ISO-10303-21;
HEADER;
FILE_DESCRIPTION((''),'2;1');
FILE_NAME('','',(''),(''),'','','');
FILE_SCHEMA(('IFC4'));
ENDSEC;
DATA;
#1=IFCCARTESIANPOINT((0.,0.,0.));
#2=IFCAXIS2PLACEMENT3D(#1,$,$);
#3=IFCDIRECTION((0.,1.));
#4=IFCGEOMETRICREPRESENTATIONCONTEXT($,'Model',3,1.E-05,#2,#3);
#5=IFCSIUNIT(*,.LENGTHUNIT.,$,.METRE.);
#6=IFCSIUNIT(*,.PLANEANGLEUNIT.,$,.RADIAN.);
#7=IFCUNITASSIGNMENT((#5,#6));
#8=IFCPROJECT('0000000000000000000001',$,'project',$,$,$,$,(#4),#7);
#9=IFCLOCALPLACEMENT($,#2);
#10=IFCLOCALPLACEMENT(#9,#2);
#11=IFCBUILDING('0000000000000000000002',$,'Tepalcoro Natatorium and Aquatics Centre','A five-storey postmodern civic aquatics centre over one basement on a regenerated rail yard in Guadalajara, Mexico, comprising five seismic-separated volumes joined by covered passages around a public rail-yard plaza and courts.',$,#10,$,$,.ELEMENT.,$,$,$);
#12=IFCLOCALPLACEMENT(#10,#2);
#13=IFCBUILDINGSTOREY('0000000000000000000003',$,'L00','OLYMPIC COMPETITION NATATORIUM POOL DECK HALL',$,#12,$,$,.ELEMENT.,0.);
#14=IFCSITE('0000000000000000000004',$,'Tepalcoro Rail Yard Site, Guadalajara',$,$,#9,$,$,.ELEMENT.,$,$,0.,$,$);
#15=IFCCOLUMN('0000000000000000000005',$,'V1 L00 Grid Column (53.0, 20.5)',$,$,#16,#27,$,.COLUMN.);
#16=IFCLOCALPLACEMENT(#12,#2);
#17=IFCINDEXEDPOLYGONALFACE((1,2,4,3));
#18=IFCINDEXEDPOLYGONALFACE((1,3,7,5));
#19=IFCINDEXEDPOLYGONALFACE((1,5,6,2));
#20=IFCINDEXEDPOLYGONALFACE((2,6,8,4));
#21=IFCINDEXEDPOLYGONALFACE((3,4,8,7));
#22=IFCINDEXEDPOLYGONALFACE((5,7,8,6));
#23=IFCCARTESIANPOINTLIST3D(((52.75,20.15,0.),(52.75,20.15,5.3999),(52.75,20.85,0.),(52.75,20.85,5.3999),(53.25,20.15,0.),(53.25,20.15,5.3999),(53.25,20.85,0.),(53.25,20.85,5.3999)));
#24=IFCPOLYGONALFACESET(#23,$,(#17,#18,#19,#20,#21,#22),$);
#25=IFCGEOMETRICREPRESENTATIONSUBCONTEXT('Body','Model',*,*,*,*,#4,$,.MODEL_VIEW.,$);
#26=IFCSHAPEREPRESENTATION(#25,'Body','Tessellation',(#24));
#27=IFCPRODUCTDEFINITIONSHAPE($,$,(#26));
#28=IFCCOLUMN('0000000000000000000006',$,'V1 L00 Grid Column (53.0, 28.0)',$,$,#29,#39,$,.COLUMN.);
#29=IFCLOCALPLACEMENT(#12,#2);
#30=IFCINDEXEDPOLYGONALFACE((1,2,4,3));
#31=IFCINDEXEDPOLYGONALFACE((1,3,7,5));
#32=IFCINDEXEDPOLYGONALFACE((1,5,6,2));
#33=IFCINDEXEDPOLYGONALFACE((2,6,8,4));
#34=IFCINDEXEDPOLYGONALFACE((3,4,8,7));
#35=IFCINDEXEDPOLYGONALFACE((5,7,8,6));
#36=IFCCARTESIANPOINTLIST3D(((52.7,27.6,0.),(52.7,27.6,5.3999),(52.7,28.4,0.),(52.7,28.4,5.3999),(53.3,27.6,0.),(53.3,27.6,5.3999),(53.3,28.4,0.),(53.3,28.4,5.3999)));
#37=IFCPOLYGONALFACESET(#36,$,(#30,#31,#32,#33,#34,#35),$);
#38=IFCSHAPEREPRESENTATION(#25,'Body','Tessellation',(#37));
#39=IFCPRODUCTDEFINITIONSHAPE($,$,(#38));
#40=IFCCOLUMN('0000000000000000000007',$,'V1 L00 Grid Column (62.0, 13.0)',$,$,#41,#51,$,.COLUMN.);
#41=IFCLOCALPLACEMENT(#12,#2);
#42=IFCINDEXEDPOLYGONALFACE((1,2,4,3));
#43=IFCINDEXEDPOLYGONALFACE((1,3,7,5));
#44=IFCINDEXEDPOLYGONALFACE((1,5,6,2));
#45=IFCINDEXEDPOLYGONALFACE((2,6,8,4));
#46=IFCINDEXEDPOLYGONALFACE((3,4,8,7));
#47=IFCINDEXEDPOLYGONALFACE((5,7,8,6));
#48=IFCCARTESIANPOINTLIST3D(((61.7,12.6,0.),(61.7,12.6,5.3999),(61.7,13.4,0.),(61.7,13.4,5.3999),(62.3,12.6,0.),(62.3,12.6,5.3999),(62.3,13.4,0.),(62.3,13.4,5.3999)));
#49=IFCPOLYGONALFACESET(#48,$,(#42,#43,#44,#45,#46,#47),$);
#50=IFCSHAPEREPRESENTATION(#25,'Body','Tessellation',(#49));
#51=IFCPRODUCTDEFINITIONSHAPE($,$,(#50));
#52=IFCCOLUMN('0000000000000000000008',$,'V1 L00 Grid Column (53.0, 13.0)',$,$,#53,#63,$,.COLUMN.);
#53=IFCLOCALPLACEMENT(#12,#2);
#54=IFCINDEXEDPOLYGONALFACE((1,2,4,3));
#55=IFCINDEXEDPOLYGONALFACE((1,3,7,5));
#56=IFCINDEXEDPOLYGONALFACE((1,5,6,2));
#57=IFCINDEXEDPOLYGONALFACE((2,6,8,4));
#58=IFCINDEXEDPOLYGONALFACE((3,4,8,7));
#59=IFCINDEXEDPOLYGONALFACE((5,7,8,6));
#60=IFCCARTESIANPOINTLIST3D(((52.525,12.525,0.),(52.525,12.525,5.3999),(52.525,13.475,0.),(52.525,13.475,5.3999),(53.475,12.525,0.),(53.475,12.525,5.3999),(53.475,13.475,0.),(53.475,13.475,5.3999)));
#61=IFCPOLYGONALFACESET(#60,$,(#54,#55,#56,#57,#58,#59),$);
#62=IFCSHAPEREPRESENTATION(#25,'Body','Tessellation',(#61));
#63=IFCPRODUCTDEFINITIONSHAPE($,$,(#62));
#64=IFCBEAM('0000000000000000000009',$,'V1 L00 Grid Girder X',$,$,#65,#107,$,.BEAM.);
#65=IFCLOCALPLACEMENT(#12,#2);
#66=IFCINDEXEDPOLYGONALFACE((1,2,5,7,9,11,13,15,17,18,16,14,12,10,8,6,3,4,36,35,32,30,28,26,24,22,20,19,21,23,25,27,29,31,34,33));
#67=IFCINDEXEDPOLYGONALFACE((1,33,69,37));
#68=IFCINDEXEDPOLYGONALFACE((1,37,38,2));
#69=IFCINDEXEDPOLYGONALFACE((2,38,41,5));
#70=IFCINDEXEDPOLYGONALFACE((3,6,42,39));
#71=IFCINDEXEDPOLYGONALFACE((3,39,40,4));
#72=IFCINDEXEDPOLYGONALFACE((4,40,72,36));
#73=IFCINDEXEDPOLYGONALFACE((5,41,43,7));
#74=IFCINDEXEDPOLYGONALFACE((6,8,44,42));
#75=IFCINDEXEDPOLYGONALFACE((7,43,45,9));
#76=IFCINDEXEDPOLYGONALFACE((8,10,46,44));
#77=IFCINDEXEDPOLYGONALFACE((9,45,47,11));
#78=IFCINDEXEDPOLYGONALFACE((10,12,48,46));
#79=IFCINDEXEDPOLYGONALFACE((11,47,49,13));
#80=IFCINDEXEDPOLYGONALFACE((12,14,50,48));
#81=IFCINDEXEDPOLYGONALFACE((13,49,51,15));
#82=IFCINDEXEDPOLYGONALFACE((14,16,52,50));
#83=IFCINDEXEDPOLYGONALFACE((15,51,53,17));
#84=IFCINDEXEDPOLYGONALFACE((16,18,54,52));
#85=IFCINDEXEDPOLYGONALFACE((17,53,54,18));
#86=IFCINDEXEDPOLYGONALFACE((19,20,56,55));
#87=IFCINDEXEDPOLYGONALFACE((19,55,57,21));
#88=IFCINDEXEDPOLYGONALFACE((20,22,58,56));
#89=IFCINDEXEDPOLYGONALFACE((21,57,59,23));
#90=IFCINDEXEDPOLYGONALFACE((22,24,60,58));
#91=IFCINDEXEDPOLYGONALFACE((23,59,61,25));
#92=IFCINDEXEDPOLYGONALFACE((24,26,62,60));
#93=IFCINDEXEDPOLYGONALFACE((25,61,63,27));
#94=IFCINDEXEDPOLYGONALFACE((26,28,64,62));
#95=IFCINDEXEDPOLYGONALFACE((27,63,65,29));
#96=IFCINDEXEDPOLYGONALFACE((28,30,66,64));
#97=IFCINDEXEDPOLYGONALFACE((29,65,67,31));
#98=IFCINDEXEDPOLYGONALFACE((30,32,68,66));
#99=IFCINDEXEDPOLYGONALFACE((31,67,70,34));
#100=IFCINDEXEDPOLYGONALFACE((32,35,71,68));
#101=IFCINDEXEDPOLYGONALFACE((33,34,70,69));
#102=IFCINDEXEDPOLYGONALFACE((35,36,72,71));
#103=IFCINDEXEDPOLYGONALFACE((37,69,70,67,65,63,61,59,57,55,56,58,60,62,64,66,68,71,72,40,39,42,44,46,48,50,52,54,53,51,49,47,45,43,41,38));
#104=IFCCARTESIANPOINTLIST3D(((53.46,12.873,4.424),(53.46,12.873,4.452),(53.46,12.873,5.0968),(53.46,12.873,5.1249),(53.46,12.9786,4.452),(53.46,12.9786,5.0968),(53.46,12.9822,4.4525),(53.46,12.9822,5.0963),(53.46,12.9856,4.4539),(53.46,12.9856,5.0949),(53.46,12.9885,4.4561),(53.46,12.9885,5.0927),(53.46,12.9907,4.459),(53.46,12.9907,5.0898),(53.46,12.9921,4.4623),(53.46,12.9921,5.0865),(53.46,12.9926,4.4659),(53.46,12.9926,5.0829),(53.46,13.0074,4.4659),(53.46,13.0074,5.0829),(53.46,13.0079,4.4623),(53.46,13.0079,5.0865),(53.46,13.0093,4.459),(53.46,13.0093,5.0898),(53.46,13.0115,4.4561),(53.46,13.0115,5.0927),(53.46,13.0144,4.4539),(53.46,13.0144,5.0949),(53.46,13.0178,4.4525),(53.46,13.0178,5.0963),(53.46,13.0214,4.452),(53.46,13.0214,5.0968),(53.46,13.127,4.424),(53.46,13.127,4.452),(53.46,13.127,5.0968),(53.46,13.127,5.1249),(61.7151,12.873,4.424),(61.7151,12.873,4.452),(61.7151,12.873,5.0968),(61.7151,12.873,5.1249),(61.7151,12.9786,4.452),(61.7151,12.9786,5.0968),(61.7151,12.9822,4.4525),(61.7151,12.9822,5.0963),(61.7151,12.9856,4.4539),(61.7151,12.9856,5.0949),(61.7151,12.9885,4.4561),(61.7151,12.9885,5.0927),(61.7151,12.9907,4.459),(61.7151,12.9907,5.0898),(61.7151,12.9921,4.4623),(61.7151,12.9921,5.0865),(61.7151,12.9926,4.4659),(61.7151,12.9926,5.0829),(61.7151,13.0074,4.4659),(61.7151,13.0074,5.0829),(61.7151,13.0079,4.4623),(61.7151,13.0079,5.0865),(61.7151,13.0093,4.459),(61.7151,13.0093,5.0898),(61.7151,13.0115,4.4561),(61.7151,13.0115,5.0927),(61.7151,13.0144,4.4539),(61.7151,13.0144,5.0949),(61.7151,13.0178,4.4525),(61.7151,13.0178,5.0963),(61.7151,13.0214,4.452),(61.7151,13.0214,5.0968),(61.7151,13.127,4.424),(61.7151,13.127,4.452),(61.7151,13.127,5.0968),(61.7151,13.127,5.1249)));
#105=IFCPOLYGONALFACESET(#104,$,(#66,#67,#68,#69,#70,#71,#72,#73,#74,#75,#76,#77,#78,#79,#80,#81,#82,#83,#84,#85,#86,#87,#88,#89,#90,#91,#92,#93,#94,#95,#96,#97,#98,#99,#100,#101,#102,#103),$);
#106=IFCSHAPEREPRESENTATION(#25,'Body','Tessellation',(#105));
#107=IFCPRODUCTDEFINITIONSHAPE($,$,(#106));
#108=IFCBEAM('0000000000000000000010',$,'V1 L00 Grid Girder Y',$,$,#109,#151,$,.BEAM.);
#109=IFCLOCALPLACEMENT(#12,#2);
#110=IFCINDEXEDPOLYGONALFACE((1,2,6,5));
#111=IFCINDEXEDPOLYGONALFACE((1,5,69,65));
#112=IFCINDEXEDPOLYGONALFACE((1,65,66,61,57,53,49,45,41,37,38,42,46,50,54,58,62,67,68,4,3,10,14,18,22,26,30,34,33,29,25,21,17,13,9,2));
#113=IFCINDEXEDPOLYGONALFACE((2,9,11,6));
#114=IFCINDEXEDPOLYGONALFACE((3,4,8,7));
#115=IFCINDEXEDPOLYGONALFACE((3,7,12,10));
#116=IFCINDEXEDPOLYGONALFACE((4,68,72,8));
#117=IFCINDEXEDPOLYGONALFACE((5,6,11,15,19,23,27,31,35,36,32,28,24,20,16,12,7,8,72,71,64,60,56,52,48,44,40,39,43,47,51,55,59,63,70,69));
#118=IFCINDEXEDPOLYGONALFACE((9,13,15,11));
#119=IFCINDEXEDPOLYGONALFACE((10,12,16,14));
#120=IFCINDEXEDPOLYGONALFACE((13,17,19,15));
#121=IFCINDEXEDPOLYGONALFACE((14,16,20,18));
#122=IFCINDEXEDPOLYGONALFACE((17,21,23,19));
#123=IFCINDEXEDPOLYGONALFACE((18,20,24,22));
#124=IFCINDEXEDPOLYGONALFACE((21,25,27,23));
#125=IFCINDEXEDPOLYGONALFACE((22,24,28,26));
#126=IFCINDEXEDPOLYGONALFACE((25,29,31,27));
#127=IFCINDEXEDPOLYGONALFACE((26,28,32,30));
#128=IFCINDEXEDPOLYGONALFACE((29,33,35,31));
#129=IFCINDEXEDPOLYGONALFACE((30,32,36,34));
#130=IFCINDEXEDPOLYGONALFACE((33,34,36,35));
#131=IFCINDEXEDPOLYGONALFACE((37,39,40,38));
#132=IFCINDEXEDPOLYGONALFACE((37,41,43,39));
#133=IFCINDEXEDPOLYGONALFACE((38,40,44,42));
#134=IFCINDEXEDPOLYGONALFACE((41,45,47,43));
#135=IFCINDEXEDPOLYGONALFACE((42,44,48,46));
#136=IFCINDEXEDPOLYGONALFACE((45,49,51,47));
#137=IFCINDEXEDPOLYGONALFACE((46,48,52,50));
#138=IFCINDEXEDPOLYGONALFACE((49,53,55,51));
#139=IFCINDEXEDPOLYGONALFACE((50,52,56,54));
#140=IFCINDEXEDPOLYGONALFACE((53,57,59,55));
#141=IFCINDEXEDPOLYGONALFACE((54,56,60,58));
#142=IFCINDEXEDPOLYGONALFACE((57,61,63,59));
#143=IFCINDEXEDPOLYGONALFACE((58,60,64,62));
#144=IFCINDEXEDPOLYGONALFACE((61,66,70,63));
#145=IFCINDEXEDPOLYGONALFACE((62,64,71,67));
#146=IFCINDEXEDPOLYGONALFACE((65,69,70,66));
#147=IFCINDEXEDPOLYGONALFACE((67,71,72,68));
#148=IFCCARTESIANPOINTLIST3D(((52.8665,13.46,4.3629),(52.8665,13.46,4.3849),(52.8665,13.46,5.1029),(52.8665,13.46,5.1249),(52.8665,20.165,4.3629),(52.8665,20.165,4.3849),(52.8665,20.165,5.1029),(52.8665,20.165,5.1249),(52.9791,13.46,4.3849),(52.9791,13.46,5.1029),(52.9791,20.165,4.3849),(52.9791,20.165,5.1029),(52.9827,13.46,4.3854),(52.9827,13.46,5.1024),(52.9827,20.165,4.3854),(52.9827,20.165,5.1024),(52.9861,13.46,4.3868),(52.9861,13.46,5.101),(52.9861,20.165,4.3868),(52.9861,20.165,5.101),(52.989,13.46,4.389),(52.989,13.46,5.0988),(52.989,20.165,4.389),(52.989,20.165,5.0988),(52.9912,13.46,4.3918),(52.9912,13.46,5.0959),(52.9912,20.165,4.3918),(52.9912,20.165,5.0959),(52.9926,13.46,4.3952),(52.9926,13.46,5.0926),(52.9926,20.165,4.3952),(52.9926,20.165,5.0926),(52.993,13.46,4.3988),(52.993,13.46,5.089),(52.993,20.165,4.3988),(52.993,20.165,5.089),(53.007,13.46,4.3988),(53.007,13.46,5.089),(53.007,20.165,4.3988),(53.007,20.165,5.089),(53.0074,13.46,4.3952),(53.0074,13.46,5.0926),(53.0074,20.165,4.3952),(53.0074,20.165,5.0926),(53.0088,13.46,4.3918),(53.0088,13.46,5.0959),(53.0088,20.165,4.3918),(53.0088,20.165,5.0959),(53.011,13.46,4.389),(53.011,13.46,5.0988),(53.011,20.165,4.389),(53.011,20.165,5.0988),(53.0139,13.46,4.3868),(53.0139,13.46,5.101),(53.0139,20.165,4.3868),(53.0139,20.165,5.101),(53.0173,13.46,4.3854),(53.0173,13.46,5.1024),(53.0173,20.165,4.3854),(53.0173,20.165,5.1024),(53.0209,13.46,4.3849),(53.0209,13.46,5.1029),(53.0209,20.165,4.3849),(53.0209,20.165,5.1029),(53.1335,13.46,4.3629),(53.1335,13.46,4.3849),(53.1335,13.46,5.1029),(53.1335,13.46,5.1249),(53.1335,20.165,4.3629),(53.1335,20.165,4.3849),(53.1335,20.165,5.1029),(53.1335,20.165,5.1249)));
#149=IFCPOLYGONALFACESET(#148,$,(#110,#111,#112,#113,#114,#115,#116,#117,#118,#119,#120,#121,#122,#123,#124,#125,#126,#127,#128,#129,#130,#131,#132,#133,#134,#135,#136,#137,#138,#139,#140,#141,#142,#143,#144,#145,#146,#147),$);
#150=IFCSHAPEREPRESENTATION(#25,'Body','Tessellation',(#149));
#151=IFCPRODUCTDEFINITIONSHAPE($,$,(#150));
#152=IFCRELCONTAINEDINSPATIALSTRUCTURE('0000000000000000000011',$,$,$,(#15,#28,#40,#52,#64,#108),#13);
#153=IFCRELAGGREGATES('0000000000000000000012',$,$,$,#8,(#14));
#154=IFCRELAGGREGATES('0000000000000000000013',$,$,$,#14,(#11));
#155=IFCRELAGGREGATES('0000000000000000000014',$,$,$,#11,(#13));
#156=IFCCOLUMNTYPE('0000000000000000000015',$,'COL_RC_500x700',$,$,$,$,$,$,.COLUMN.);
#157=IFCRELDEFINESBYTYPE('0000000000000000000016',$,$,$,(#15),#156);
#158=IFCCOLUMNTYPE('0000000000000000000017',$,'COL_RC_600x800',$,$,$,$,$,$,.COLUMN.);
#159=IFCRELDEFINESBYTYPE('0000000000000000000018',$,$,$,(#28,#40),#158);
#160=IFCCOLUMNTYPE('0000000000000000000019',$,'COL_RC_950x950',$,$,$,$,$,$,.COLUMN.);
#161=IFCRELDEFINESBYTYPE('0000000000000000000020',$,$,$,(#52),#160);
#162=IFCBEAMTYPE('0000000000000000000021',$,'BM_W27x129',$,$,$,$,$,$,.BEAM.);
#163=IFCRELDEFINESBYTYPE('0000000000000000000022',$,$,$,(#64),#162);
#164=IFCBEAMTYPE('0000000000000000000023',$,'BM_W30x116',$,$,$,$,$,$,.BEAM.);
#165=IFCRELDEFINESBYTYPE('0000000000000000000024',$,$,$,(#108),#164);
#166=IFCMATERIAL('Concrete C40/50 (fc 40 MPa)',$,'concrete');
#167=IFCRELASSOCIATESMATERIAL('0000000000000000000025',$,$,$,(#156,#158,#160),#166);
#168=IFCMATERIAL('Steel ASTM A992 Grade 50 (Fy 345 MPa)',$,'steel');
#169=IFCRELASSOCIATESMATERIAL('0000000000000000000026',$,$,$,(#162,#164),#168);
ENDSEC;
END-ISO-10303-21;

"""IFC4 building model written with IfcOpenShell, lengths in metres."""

from ifc_helpers import new_model, si_unit, direction, frame, origin, origin_2d, place, context, subcontext, project, spatial, rectangle, i_section, extrude, material, material_profile, profile_set, type_object, element, save


model = new_model("IFC4")

# Units and contexts
model_context = context("Model", 3, precision=1e-05, world=origin(), true_north=direction((0.0, 1.0)))
body_context = subcontext(model_context, "Body", "Model", "MODEL_VIEW")
ifc_project = project(units=[si_unit("LENGTHUNIT", "METRE"), si_unit("PLANEANGLEUNIT", "RADIAN")], contexts=[model_context])

# Site, building, storey
site_placement = place(None, origin())
site = spatial("IfcSite", under=ifc_project, at=site_placement, Name="Tepalcoro Rail Yard Site, Guadalajara", CompositionType="ELEMENT", RefElevation=0.0)
building_placement = place(site_placement, origin())
building = spatial("IfcBuilding", under=site, at=building_placement, Name="Tepalcoro Natatorium and Aquatics Centre", Description="A five-storey postmodern civic aquatics centre over one basement on a regenerated rail yard in Guadalajara, Mexico, comprising five seismic-separated volumes joined by covered passages around a public rail-yard plaza and courts.", CompositionType="ELEMENT")
storey_placement = place(building_placement, origin())
storey = spatial("IfcBuildingStorey", under=building, at=storey_placement, Name="L00", Description="OLYMPIC COMPETITION NATATORIUM POOL DECK HALL", CompositionType="ELEMENT", Elevation=0.0)

# Columns
ifc_material_1 = material(Name="Concrete C40/50 (fc 40 MPa)", Category="concrete")
ifc_material_profile_1 = material_profile(ifc_material_1, rectangle(XDim=0.5, YDim=0.7, at=origin_2d()), Name="RC500x700")
ifc_profile_set_1 = profile_set([ifc_material_profile_1], Name="Concrete C40/50 (fc 40 MPa)")
column_type_1 = type_object("IfcColumnType", Name="COL_RC_500x700", PredefinedType="COLUMN", material=ifc_profile_set_1)
column_1_placement = place(storey_placement, frame((53.0, 20.5, 0.0), z_axis=(0.0, 0.0, 1.0), x_axis=(1.0, 0.0, 0.0)))
element("IfcColumn", 1, at=column_1_placement, inside=storey, type_object=column_type_1, Name="V1 L00 Grid Column (53.0, 20.5)", PredefinedType="COLUMN", context=body_context, shape_type="SweptSolid", body=[
    extrude(rectangle(XDim=0.5, YDim=0.7, at=origin_2d()), origin(), (0.0, 0.0, 1.0), 5.3999),
])
ifc_material_profile_2 = material_profile(ifc_material_1, rectangle(XDim=0.6001, YDim=0.8, at=origin_2d()), Name="RC600x800")
ifc_profile_set_2 = profile_set([ifc_material_profile_2], Name="Concrete C40/50 (fc 40 MPa)")
column_type_2 = type_object("IfcColumnType", Name="COL_RC_600x800", PredefinedType="COLUMN", material=ifc_profile_set_2)
for number, where, z_axis, x_axis, name in (
    (2, (53.0, 28.0, 0.0), (0.0, 0.0, 1.0), (1.0, 0.0, 0.0), "V1 L00 Grid Column (53.0, 28.0)"),
    (3, (62.0, 13.0, 0.0), (0.0, 0.0, 1.0), (1.0, 0.0, 0.0), "V1 L00 Grid Column (62.0, 13.0)"),
):
    element("IfcColumn", number, at=place(storey_placement, frame(where, z_axis=z_axis, x_axis=x_axis)), inside=storey, type_object=column_type_2, Name=name, PredefinedType="COLUMN", context=body_context, shape_type="SweptSolid", body=[
        extrude(rectangle(XDim=0.6001, YDim=0.8, at=origin_2d()), origin(), (0.0, 0.0, 1.0), 5.3999),
    ])
ifc_material_profile_3 = material_profile(ifc_material_1, rectangle(XDim=0.95, YDim=0.95, at=origin_2d()), Name="RC950x950")
ifc_profile_set_3 = profile_set([ifc_material_profile_3], Name="Concrete C40/50 (fc 40 MPa)")
column_type_3 = type_object("IfcColumnType", Name="COL_RC_950x950", PredefinedType="COLUMN", material=ifc_profile_set_3)
column_2_placement = place(storey_placement, frame((53.0, 13.0, 0.0), z_axis=(0.0, 0.0, 1.0), x_axis=(1.0, 0.0, 0.0)))
element("IfcColumn", 4, at=column_2_placement, inside=storey, type_object=column_type_3, Name="V1 L00 Grid Column (53.0, 13.0)", PredefinedType="COLUMN", context=body_context, shape_type="SweptSolid", body=[
    extrude(rectangle(XDim=0.95, YDim=0.95, at=origin_2d()), origin(), (0.0, 0.0, 1.0), 5.3999),
])

# Beams
ifc_material_2 = material(Name="Steel ASTM A992 Grade 50 (Fy 345 MPa)", Category="steel")
ifc_material_profile_4 = material_profile(ifc_material_2, i_section(OverallWidth=0.2539, OverallDepth=0.7009, WebThickness=0.0149, FlangeThickness=0.0281, FilletRadius=0.0139, at=origin_2d()), Name="W27X129")
ifc_profile_set_4 = profile_set([ifc_material_profile_4], Name="Steel ASTM A992 Grade 50 (Fy 345 MPa)")
beam_type_1 = type_object("IfcBeamType", Name="BM_W27x129", PredefinedType="BEAM", material=ifc_profile_set_4)
beam_1_placement = place(storey_placement, frame((53.46, 13.0, 4.7744), z_axis=(1.0, 0.0, 0.0), x_axis=(0.0, 1.0, 0.0)))
element("IfcBeam", 5, at=beam_1_placement, inside=storey, type_object=beam_type_1, Name="V1 L00 Grid Girder X", PredefinedType="BEAM", context=body_context, shape_type="SweptSolid", body=[
    extrude(i_section(OverallWidth=0.2539, OverallDepth=0.7009, WebThickness=0.0149, FlangeThickness=0.0281, FilletRadius=0.0139, at=origin_2d()), origin(), (0.0, 0.0, 1.0), 8.2551),
])
ifc_material_profile_5 = material_profile(ifc_material_2, i_section(OverallWidth=0.2671, OverallDepth=0.762, WebThickness=0.0139, FlangeThickness=0.022, FilletRadius=0.0139, at=origin_2d()), Name="W30X116")
ifc_profile_set_5 = profile_set([ifc_material_profile_5], Name="Steel ASTM A992 Grade 50 (Fy 345 MPa)")
beam_type_2 = type_object("IfcBeamType", Name="BM_W30x116", PredefinedType="BEAM", material=ifc_profile_set_5)
beam_2_placement = place(storey_placement, frame((53.0, 13.46, 4.7439), z_axis=(0.0, 1.0, 0.0), x_axis=(-1.0, 0.0, 0.0)))
element("IfcBeam", 6, at=beam_2_placement, inside=storey, type_object=beam_type_2, Name="V1 L00 Grid Girder Y", PredefinedType="BEAM", context=body_context, shape_type="SweptSolid", body=[
    extrude(i_section(OverallWidth=0.2671, OverallDepth=0.762, WebThickness=0.0139, FlangeThickness=0.022, FilletRadius=0.0139, at=origin_2d()), origin(), (0.0, 0.0, 1.0), 6.7051),
])

save(model, "model.ifc")
